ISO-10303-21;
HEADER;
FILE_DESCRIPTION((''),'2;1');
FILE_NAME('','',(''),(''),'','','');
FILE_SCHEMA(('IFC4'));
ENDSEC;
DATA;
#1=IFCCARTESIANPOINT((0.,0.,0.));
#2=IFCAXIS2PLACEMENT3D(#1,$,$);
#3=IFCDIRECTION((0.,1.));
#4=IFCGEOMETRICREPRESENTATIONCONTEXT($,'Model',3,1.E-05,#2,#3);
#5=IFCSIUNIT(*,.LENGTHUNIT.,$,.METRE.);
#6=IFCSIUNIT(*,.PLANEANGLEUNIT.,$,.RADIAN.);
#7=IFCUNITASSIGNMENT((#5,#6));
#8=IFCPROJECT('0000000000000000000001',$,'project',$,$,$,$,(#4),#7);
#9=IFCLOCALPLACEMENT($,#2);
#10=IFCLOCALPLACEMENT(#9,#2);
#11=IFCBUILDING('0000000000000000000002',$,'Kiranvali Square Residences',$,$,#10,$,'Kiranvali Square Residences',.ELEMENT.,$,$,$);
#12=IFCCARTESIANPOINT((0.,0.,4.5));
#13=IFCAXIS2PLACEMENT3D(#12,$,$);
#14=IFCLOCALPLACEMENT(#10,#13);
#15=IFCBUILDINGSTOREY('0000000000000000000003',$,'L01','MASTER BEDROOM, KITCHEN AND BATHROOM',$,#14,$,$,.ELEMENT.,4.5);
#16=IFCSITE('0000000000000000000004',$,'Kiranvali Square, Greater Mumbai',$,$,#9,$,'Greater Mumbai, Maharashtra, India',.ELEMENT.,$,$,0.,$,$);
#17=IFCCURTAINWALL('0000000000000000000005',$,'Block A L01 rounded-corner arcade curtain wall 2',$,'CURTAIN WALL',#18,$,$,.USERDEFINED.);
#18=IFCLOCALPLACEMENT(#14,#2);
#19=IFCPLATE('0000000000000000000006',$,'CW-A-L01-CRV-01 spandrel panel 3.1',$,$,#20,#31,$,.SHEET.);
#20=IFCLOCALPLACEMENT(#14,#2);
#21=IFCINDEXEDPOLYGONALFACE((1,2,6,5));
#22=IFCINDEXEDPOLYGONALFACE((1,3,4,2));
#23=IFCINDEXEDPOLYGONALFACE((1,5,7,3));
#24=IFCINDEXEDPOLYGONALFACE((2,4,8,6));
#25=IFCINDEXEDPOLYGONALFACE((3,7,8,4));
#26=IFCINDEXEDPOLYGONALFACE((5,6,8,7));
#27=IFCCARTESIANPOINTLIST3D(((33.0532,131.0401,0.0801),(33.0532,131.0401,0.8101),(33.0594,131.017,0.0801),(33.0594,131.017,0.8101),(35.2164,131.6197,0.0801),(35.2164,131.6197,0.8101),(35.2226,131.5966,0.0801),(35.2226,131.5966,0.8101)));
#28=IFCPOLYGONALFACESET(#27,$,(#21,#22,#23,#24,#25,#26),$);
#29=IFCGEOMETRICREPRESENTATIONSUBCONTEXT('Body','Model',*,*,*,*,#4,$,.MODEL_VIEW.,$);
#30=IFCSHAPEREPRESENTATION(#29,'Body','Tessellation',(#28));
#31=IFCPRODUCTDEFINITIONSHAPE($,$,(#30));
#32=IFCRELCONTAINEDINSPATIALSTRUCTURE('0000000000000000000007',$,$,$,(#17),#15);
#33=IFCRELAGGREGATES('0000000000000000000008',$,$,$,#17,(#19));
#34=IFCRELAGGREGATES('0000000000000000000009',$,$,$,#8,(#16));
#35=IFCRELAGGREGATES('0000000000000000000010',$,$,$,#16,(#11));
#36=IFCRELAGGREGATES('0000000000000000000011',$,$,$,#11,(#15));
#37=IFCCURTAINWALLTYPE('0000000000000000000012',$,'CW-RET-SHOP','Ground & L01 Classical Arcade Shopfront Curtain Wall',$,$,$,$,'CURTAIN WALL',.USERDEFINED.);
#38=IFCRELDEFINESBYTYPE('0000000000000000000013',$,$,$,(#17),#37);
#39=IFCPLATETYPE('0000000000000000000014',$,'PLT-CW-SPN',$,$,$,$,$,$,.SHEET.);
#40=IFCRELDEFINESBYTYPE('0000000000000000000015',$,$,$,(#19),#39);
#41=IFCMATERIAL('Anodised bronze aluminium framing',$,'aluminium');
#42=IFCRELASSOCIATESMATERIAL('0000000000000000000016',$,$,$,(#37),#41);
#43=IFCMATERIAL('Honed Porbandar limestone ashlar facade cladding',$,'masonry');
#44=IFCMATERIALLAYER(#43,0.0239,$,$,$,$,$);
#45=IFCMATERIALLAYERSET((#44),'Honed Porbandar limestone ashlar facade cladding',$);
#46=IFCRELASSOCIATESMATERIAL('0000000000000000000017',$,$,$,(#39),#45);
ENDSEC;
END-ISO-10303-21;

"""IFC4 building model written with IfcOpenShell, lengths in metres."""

from ifc_helpers import new_model, si_unit, direction, frame, origin, origin_2d, place, context, subcontext, project, spatial, rectangle, extrude, material, layer, layer_set, type_object, element, aggregate, save


model = new_model("IFC4")

# Units and contexts
model_context = context("Model", 3, precision=1e-05, world=origin(), true_north=direction((0.0, 1.0)))
body_context = subcontext(model_context, "Body", "Model", "MODEL_VIEW")
ifc_project = project(units=[si_unit("LENGTHUNIT", "METRE"), si_unit("PLANEANGLEUNIT", "RADIAN")], contexts=[model_context])

# Site, building, storey
site_placement = place(None, origin())
site = spatial("IfcSite", under=ifc_project, at=site_placement, Name="Kiranvali Square, Greater Mumbai", LongName="Greater Mumbai, Maharashtra, India", CompositionType="ELEMENT", RefElevation=0.0)
building_placement = place(site_placement, origin())
building = spatial("IfcBuilding", under=site, at=building_placement, Name="Kiranvali Square Residences", LongName="Kiranvali Square Residences", CompositionType="ELEMENT")
storey_placement = place(building_placement, frame((0.0, 0.0, 4.5)))
storey = spatial("IfcBuildingStorey", under=building, at=storey_placement, Name="L01", Description="MASTER BEDROOM, KITCHEN AND BATHROOM", CompositionType="ELEMENT", Elevation=4.5)

# Curtain wall
ifc_material_1 = material(Name="Anodised bronze aluminium framing", Category="aluminium")
curtain_wall_type = type_object("IfcCurtainWallType", Name="CW-RET-SHOP", Description="Ground & L01 Classical Arcade Shopfront Curtain Wall", ElementType="CURTAIN WALL", PredefinedType="USERDEFINED", material=ifc_material_1)
curtain_wall_1_placement = place(storey_placement, origin())
curtain_wall_1 = element("IfcCurtainWall", 1, at=curtain_wall_1_placement, inside=storey, type_object=curtain_wall_type, Name="Block A L01 rounded-corner arcade curtain wall 2", ObjectType="CURTAIN WALL", PredefinedType="USERDEFINED")

# Plate
ifc_material_2 = material(Name="Honed Porbandar limestone ashlar facade cladding", Category="masonry")
ifc_layer_1 = layer(ifc_material_2, 0.0239)
ifc_layer_set_1 = layer_set([ifc_layer_1], Name="Honed Porbandar limestone ashlar facade cladding")
plate_type_1 = type_object("IfcPlateType", Name="PLT-CW-SPN", PredefinedType="SHEET", material=ifc_layer_set_1)
plate_1_placement = place(storey_placement, frame((34.1379, 131.3184, 0.0801), z_axis=(0.0, 0.0, 1.0), x_axis=(-0.965926, -0.258819, 0.0)))
plate_1 = element("IfcPlate", 2, at=plate_1_placement, type_object=plate_type_1, Name="CW-A-L01-CRV-01 spandrel panel 3.1", PredefinedType="SHEET", context=body_context, shape_type="SweptSolid", body=[
    extrude(rectangle(XDim=2.2395, YDim=0.0239, at=origin_2d()), origin(), (0.0, 0.0, 1.0), 0.73),
])
aggregate(curtain_wall_1, [plate_1])

save(model, "model.ifc")
